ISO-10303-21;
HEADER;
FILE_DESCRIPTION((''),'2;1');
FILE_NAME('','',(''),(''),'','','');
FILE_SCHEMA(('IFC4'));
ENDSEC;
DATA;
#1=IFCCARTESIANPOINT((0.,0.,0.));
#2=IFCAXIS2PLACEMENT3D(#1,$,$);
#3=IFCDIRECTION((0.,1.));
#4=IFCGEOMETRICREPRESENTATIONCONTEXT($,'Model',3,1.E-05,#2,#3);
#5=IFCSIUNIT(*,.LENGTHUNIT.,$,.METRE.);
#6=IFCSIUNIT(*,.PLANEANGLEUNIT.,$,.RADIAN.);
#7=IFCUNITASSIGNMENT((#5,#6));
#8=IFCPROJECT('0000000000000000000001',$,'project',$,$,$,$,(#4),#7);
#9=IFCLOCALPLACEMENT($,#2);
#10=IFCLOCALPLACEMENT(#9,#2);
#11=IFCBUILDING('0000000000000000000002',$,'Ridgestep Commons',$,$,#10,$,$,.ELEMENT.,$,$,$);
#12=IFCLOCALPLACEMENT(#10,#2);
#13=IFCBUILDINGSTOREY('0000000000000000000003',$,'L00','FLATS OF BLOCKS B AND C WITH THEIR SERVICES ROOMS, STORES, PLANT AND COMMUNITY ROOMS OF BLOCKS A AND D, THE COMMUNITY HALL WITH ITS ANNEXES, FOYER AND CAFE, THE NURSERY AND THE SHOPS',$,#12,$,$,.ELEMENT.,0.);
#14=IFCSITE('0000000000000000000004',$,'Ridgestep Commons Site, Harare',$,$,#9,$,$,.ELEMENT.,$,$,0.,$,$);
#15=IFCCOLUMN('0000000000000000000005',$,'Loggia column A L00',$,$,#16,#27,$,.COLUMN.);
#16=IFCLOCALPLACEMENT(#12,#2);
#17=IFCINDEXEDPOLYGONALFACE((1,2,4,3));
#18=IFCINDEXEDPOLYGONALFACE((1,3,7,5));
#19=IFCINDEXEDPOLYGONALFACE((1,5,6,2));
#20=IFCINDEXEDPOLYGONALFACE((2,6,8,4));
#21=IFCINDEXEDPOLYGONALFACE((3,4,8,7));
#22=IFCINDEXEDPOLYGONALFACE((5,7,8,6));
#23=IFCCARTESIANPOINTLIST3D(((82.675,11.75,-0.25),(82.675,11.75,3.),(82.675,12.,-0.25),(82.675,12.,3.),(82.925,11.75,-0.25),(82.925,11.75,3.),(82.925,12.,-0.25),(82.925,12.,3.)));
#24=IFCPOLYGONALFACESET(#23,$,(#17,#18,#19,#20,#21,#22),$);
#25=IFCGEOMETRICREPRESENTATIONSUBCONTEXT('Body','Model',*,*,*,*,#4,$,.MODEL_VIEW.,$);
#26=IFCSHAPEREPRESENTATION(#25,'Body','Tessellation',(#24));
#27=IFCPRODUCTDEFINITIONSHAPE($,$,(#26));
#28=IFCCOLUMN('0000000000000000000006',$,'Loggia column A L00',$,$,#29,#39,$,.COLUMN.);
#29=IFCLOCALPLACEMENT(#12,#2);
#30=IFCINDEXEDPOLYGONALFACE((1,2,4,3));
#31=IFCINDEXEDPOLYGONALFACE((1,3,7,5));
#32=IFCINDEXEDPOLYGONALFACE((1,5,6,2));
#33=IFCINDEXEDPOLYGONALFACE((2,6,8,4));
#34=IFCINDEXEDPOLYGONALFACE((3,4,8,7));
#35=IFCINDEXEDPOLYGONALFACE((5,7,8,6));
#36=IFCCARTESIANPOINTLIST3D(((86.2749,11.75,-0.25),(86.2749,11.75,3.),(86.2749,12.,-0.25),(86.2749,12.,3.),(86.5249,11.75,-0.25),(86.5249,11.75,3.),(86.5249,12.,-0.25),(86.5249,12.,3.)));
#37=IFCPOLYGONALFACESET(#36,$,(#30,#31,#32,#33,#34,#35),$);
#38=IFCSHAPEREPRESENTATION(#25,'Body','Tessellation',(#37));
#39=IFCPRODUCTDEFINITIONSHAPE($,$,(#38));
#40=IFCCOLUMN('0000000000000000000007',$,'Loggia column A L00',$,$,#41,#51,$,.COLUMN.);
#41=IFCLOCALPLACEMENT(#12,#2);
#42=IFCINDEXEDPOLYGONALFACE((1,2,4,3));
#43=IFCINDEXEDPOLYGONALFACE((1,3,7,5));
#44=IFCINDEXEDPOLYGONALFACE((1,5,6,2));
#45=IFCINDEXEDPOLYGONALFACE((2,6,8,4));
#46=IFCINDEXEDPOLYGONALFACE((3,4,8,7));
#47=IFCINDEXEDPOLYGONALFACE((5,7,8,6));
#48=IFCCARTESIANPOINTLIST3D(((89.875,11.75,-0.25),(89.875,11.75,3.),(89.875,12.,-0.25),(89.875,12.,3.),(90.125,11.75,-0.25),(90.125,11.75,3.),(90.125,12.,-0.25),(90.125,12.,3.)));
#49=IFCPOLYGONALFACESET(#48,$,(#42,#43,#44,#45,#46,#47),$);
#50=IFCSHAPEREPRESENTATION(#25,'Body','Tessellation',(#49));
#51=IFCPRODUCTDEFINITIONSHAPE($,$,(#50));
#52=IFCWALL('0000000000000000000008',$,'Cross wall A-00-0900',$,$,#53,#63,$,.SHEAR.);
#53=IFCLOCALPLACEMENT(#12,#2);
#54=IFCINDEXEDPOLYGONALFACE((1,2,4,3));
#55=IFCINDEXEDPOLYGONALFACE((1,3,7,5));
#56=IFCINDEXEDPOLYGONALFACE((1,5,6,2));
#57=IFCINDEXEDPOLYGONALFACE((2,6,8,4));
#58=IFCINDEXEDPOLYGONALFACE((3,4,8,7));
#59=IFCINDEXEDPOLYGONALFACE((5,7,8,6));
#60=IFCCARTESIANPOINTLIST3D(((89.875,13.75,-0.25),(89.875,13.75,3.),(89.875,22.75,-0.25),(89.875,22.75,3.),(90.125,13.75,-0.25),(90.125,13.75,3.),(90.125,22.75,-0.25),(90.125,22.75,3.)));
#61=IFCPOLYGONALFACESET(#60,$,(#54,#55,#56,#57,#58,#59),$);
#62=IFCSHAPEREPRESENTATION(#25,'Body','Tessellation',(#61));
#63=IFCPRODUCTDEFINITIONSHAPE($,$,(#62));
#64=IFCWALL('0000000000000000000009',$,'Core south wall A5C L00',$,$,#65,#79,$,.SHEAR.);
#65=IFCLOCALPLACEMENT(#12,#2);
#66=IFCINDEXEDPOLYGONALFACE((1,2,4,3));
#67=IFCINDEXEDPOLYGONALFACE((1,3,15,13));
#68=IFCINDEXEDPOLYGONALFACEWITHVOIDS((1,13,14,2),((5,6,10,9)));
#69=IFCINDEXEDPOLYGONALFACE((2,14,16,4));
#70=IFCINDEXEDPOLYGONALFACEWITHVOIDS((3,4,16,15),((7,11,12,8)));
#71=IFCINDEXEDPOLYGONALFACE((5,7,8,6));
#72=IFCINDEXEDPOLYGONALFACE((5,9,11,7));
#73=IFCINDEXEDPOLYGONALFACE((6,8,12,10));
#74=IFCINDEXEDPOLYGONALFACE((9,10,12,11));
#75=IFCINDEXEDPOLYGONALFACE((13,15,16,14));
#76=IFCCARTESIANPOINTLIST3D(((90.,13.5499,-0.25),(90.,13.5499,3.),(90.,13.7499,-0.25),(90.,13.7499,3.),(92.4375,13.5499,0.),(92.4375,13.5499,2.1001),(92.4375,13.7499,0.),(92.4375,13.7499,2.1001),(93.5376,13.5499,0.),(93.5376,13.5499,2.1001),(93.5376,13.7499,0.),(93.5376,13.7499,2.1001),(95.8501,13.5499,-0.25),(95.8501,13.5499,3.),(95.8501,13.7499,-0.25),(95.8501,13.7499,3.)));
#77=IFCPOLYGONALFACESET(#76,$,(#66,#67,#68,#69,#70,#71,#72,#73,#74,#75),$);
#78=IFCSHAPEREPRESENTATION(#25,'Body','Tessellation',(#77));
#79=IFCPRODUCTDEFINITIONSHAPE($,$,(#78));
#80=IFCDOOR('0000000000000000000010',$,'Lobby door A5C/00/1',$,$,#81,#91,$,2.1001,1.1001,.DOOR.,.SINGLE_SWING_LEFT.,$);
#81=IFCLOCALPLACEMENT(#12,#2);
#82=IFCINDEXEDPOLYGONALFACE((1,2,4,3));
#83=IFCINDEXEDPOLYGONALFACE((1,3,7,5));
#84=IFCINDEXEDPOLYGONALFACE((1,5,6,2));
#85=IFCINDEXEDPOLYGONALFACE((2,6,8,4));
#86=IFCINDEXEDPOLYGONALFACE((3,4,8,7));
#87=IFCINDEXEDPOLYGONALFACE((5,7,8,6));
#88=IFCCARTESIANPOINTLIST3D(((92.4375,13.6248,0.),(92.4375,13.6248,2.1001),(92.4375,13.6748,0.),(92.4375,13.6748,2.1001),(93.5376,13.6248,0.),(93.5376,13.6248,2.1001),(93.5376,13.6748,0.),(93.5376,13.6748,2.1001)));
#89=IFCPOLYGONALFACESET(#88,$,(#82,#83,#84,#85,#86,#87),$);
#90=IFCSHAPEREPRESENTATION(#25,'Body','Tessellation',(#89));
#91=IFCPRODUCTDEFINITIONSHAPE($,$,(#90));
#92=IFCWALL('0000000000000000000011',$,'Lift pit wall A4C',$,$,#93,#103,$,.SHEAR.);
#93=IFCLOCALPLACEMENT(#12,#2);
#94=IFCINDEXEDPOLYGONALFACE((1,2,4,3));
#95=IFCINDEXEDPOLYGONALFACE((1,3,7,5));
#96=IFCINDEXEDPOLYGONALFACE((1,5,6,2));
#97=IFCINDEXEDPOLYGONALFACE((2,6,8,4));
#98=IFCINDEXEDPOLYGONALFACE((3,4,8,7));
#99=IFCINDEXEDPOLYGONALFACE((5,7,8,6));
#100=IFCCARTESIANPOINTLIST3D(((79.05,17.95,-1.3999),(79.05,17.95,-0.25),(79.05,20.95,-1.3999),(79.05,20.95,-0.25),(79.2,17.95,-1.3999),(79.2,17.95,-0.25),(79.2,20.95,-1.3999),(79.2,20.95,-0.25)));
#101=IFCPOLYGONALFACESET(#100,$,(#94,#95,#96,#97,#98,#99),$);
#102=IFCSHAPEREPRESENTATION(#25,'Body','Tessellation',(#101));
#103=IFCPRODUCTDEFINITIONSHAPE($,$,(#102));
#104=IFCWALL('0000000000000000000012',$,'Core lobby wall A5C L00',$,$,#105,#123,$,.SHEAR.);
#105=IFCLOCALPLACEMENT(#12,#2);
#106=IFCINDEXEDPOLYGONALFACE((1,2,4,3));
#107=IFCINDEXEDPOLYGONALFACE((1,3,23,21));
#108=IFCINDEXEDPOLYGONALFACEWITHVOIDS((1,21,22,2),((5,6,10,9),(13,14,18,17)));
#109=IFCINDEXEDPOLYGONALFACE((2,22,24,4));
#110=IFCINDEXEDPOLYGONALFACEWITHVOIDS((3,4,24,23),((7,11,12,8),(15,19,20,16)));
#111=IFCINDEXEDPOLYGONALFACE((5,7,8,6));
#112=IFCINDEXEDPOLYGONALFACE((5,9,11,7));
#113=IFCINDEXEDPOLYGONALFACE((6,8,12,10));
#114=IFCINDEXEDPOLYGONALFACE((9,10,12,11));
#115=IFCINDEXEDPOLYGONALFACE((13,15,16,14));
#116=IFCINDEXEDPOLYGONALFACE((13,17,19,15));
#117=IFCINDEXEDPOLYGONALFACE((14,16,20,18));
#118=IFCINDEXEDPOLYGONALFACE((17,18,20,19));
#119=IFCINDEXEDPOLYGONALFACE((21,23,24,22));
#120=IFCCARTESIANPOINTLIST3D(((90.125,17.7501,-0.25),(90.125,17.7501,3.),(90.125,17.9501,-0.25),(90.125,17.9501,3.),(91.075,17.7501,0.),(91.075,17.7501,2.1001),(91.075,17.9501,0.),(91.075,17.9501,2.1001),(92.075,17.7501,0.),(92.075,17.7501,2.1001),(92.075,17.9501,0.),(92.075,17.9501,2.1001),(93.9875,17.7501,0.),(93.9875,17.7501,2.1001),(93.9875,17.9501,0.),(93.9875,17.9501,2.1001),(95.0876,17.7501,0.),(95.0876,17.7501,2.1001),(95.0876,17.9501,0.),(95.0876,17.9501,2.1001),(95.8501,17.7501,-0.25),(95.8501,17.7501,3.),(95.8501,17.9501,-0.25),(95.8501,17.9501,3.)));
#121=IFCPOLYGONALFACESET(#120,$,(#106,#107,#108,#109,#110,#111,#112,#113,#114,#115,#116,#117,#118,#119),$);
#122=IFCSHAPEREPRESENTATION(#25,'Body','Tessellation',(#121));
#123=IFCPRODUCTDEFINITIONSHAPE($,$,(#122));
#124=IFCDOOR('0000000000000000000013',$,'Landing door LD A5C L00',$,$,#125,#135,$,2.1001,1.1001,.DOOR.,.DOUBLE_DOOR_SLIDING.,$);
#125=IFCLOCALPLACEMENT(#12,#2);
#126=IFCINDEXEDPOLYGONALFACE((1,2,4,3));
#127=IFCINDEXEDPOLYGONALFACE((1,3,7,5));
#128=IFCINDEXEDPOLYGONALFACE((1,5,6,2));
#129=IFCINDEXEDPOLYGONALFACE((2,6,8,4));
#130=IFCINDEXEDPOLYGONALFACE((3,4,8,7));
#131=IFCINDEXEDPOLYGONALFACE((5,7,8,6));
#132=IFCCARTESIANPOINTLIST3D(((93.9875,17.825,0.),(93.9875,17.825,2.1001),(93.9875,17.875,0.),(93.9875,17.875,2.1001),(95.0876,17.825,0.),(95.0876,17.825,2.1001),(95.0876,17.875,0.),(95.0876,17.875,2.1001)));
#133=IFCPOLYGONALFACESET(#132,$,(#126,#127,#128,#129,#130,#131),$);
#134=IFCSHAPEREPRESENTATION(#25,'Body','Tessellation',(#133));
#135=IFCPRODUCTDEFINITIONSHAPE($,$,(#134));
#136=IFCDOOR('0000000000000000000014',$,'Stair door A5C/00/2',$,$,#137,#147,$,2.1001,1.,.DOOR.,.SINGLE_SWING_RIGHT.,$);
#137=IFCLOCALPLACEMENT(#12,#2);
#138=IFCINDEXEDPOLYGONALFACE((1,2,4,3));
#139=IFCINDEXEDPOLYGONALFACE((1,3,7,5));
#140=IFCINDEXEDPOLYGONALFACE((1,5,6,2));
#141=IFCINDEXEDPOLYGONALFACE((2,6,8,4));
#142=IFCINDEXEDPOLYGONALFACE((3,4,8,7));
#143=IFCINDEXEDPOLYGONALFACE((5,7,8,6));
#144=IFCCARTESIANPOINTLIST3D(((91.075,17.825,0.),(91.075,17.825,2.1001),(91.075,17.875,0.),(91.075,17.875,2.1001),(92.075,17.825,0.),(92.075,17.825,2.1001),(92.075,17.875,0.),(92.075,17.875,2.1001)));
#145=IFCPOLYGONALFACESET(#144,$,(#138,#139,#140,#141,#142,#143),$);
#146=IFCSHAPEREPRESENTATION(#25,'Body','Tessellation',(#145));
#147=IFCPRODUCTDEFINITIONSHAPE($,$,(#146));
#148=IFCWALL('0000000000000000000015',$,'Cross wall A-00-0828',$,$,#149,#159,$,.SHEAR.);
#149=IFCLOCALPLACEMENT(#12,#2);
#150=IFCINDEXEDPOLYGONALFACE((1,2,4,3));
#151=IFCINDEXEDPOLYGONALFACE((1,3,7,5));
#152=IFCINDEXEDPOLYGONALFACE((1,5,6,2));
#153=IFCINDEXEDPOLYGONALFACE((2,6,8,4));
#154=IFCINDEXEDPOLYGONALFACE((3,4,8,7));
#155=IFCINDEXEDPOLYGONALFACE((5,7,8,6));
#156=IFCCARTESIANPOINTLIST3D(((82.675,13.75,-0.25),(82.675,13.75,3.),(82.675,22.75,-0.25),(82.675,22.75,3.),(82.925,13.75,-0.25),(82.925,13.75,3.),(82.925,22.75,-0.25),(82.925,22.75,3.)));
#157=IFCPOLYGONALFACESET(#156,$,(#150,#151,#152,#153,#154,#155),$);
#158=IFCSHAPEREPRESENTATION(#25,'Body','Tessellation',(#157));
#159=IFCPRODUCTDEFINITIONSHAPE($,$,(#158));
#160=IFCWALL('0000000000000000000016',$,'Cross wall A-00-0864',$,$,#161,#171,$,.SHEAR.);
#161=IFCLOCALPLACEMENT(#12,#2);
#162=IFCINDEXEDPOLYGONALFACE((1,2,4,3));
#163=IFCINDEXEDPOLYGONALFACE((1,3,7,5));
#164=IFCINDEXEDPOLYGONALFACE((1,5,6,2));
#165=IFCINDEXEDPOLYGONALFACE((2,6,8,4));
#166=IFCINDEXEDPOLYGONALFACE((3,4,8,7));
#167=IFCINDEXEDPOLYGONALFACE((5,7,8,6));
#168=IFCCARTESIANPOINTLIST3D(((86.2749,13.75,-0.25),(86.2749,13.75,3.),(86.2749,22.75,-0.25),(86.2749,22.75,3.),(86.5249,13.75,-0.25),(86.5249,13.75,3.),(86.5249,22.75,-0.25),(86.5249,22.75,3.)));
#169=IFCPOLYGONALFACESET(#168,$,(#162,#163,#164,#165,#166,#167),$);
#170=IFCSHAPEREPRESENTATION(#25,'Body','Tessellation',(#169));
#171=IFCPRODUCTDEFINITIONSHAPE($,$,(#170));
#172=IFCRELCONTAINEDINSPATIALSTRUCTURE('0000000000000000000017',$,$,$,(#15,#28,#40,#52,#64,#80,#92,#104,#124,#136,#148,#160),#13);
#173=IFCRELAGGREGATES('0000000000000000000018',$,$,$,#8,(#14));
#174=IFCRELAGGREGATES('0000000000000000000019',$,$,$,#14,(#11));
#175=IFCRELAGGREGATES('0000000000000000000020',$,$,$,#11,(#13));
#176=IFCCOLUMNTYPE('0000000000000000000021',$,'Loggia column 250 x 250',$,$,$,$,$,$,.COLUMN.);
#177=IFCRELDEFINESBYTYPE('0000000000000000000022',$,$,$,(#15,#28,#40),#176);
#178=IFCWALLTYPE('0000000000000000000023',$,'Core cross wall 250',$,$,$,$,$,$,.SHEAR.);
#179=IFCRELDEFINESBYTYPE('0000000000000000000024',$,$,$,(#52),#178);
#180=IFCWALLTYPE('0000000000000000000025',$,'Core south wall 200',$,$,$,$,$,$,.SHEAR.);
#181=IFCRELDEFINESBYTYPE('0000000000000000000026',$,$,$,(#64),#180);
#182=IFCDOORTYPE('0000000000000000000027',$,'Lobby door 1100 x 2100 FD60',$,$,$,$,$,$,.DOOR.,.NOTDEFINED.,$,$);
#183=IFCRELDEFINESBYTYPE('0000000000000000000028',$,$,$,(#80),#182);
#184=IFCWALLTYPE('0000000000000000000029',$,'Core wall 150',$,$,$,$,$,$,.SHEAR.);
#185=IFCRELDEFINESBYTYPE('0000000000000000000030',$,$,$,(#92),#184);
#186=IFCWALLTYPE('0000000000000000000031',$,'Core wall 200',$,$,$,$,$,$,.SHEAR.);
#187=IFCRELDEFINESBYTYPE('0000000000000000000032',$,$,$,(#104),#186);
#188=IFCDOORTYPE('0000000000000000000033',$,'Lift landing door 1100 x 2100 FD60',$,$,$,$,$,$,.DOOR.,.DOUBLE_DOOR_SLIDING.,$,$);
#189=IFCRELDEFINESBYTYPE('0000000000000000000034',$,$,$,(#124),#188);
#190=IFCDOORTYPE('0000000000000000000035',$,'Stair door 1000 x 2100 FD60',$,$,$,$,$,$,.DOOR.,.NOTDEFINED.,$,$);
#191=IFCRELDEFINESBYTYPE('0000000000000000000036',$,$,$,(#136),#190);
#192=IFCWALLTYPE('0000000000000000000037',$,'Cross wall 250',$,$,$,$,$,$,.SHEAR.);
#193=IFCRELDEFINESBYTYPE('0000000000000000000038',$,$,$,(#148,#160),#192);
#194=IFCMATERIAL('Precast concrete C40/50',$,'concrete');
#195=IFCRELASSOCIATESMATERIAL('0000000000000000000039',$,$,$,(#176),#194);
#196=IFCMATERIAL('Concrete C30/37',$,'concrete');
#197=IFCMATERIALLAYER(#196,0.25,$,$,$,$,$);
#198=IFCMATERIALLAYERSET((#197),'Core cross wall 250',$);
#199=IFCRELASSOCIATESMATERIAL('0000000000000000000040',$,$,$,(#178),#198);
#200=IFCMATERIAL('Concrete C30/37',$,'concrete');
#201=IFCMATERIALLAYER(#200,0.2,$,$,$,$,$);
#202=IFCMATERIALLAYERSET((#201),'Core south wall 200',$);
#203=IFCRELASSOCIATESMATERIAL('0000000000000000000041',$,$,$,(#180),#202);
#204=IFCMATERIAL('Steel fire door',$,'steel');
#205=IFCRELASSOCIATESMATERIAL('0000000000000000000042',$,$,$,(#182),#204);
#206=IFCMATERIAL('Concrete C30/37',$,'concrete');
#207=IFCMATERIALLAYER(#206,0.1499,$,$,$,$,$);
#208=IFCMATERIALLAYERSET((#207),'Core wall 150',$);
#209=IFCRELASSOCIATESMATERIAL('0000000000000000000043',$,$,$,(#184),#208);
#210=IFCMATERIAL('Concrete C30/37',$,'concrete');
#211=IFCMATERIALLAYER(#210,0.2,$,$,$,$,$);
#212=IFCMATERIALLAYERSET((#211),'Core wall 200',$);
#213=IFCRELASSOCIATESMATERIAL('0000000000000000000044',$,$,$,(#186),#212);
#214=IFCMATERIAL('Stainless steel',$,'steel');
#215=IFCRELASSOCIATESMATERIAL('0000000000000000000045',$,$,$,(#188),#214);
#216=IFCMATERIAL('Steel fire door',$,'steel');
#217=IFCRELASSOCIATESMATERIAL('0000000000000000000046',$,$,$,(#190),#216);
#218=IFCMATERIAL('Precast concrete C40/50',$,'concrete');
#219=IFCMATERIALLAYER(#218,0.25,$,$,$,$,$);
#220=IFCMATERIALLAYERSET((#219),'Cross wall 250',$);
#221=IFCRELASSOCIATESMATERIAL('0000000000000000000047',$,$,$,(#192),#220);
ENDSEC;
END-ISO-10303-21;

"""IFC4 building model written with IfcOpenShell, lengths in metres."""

from ifc_helpers import new_model, si_unit, direction, frame, frame_2d, origin, origin_2d, place, context, subcontext, project, spatial, rectangle, extrude, material, layer, layer_set, material_profile, profile_set, type_object, element, fill, save


model = new_model("IFC4")

# Units and contexts
model_context = context("Model", 3, precision=1e-05, world=origin(), true_north=direction((0.0, 1.0)))
body_context = subcontext(model_context, "Body", "Model", "MODEL_VIEW")
ifc_project = project(units=[si_unit("LENGTHUNIT", "METRE"), si_unit("PLANEANGLEUNIT", "RADIAN")], contexts=[model_context])

# Site, building, storey
site_placement = place(None, origin())
site = spatial("IfcSite", under=ifc_project, at=site_placement, Name="Ridgestep Commons Site, Harare", CompositionType="ELEMENT", RefElevation=0.0)
building_placement = place(site_placement, origin())
building = spatial("IfcBuilding", under=site, at=building_placement, Name="Ridgestep Commons", CompositionType="ELEMENT")
storey_placement = place(building_placement, origin())
storey = spatial("IfcBuildingStorey", under=building, at=storey_placement, Name="L00", Description="FLATS OF BLOCKS B AND C WITH THEIR SERVICES ROOMS, STORES, PLANT AND COMMUNITY ROOMS OF BLOCKS A AND D, THE COMMUNITY HALL WITH ITS ANNEXES, FOYER AND CAFE, THE NURSERY AND THE SHOPS", CompositionType="ELEMENT", Elevation=0.0)

# Columns
ifc_material_1 = material(Name="Precast concrete C40/50", Category="concrete")
ifc_material_profile = material_profile(ifc_material_1, rectangle(XDim=0.25, YDim=0.25, at=origin_2d()), Name="PC 250x250")
ifc_profile_set = profile_set([ifc_material_profile], Name="Precast concrete C40/50")
column_type = type_object("IfcColumnType", Name="Loggia column 250 x 250", PredefinedType="COLUMN", material=ifc_profile_set)
for number, where, z_axis, x_axis, name in (
    (1, (82.8, 11.875, -0.25), (0.0, 0.0, 1.0), (1.0, 0.0, 0.0), "Loggia column A L00"),
    (2, (86.3999, 11.875, -0.25), (0.0, 0.0, 1.0), (1.0, 0.0, 0.0), "Loggia column A L00"),
    (3, (90.0, 11.875, -0.25), (0.0, 0.0, 1.0), (1.0, 0.0, 0.0), "Loggia column A L00"),
):
    element("IfcColumn", number, at=place(storey_placement, frame(where, z_axis=z_axis, x_axis=x_axis)), inside=storey, type_object=column_type, Name=name, PredefinedType="COLUMN", context=body_context, shape_type="SweptSolid", body=[
        extrude(rectangle(XDim=0.25, YDim=0.25, at=origin_2d()), origin(), (0.0, 0.0, 1.0), 3.25),
    ])

# Wall
ifc_material_2 = material(Name="Concrete C30/37", Category="concrete")
ifc_layer_1 = layer(ifc_material_2, 0.25)
ifc_layer_set_1 = layer_set([ifc_layer_1], Name="Core cross wall 250")
wall_type_1 = type_object("IfcWallType", Name="Core cross wall 250", PredefinedType="SHEAR", material=ifc_layer_set_1)
wall_1_placement = place(storey_placement, frame((90.0, 13.75, -0.25), z_axis=(0.0, 0.0, 1.0), x_axis=(0.0, 1.0, 0.0)))
element("IfcWall", 4, at=wall_1_placement, inside=storey, type_object=wall_type_1, Name="Cross wall A-00-0900", PredefinedType="SHEAR", context=body_context, shape_type="SweptSolid", body=[
    extrude(rectangle(XDim=9.0, YDim=0.25, at=frame_2d((4.5, 0.0))), origin(), (0.0, 0.0, 1.0), 3.25),
])

# Wall, opening, door
ifc_material_3 = material(Name="Concrete C30/37", Category="concrete")
ifc_layer_2 = layer(ifc_material_3, 0.2)
ifc_layer_set_2 = layer_set([ifc_layer_2], Name="Core south wall 200")
wall_type_2 = type_object("IfcWallType", Name="Core south wall 200", PredefinedType="SHEAR", material=ifc_layer_set_2)
wall_2_placement = place(storey_placement, frame((90.0, 13.6499, -0.25), z_axis=(0.0, 0.0, 1.0), x_axis=(1.0, 0.0, 0.0)))
wall_2 = element("IfcWall", 5, at=wall_2_placement, inside=storey, type_object=wall_type_2, Name="Core south wall A5C L00", PredefinedType="SHEAR", context=body_context, shape_type="SweptSolid", body=[
    extrude(rectangle(XDim=5.8501, YDim=0.2, at=frame_2d((2.925, 0.0))), origin(), (0.0, 0.0, 1.0), 3.25),
])
opening_1_placement = place(wall_2_placement, frame((2.4375, 0.0, 0.25)))
opening_1 = element("IfcOpeningElement", 6, at=opening_1_placement, cuts=wall_2, PredefinedType="OPENING", context=body_context, shape_type="SweptSolid", body=[
    extrude(rectangle(XDim=1.1001, YDim=2.1001, at=frame_2d((0.55, 1.05))), frame((0.0, 0.1099, 0.0), z_axis=(0.0, -1.0, 0.0), x_axis=(1.0, 0.0, 0.0)), (0.0, 0.0, 1.0), 0.22),
])
ifc_material_4 = material(Name="Steel fire door", Category="steel")
door_type_1 = type_object("IfcDoorType", Name="Lobby door 1100 x 2100 FD60", OperationType="NOTDEFINED", PredefinedType="DOOR", material=ifc_material_4)
door_1_placement = place(opening_1_placement, origin())
door_1 = element("IfcDoor", 7, at=door_1_placement, inside=storey, type_object=door_type_1, Name="Lobby door A5C/00/1", OperationType="SINGLE_SWING_LEFT", OverallHeight=2.1001, OverallWidth=1.1001, PredefinedType="DOOR", context=body_context, shape_type="SweptSolid", body=[
    extrude(rectangle(XDim=1.1001, YDim=2.1001, at=frame_2d((0.55, 1.05))), frame((0.0, 0.0249, 0.0), z_axis=(0.0, -1.0, 0.0), x_axis=(1.0, 0.0, 0.0)), (0.0, 0.0, 1.0), 0.05),
])
fill(opening_1, door_1)

# Wall
ifc_material_5 = material(Name="Concrete C30/37", Category="concrete")
ifc_layer_3 = layer(ifc_material_5, 0.1499)
ifc_layer_set_3 = layer_set([ifc_layer_3], Name="Core wall 150")
wall_type_3 = type_object("IfcWallType", Name="Core wall 150", PredefinedType="SHEAR", material=ifc_layer_set_3)
wall_3_placement = place(storey_placement, frame((79.125, 17.95, -1.3999), z_axis=(0.0, 0.0, 1.0), x_axis=(0.0, 1.0, 0.0)))
element("IfcWall", 8, at=wall_3_placement, inside=storey, type_object=wall_type_3, Name="Lift pit wall A4C", PredefinedType="SHEAR", context=body_context, shape_type="SweptSolid", body=[
    extrude(rectangle(XDim=3.0, YDim=0.1499, at=frame_2d((1.5, 0.0))), origin(), (0.0, 0.0, 1.0), 1.1499),
])

# Wall, openings, doors
ifc_material_6 = material(Name="Concrete C30/37", Category="concrete")
ifc_layer_4 = layer(ifc_material_6, 0.2)
ifc_layer_set_4 = layer_set([ifc_layer_4], Name="Core wall 200")
wall_type_4 = type_object("IfcWallType", Name="Core wall 200", PredefinedType="SHEAR", material=ifc_layer_set_4)
wall_4_placement = place(storey_placement, frame((90.125, 17.8501, -0.25), z_axis=(0.0, 0.0, 1.0), x_axis=(1.0, 0.0, 0.0)))
wall_4 = element("IfcWall", 9, at=wall_4_placement, inside=storey, type_object=wall_type_4, Name="Core lobby wall A5C L00", PredefinedType="SHEAR", context=body_context, shape_type="SweptSolid", body=[
    extrude(rectangle(XDim=5.7251, YDim=0.2, at=frame_2d((2.8625, 0.0))), origin(), (0.0, 0.0, 1.0), 3.25),
])
opening_2_placement = place(wall_4_placement, frame((0.95, 0.0, 0.25)))
opening_2 = element("IfcOpeningElement", 10, at=opening_2_placement, cuts=wall_4, PredefinedType="OPENING", context=body_context, shape_type="SweptSolid", body=[
    extrude(rectangle(XDim=1.0, YDim=2.1001, at=frame_2d((0.5, 1.05))), frame((0.0, 0.1099, 0.0), z_axis=(0.0, -1.0, 0.0), x_axis=(1.0, 0.0, 0.0)), (0.0, 0.0, 1.0), 0.22),
])
opening_3_placement = place(wall_4_placement, frame((3.8625, 0.0, 0.25)))
opening_3 = element("IfcOpeningElement", 11, at=opening_3_placement, cuts=wall_4, PredefinedType="OPENING", context=body_context, shape_type="SweptSolid", body=[
    extrude(rectangle(XDim=1.1001, YDim=2.1001, at=frame_2d((0.55, 1.05))), frame((0.0, 0.1099, 0.0), z_axis=(0.0, -1.0, 0.0), x_axis=(1.0, 0.0, 0.0)), (0.0, 0.0, 1.0), 0.22),
])
ifc_material_7 = material(Name="Stainless steel", Category="steel")
door_type_2 = type_object("IfcDoorType", Name="Lift landing door 1100 x 2100 FD60", OperationType="DOUBLE_DOOR_SLIDING", PredefinedType="DOOR", material=ifc_material_7)
door_2_placement = place(opening_3_placement, origin())
door_2 = element("IfcDoor", 12, at=door_2_placement, inside=storey, type_object=door_type_2, Name="Landing door LD A5C L00", OperationType="DOUBLE_DOOR_SLIDING", OverallHeight=2.1001, OverallWidth=1.1001, PredefinedType="DOOR", context=body_context, shape_type="SweptSolid", body=[
    extrude(rectangle(XDim=1.1001, YDim=2.1001, at=frame_2d((0.55, 1.05))), frame((0.0, 0.0249, 0.0), z_axis=(0.0, -1.0, 0.0), x_axis=(1.0, 0.0, 0.0)), (0.0, 0.0, 1.0), 0.05),
])
fill(opening_3, door_2)
ifc_material_8 = material(Name="Steel fire door", Category="steel")
door_type_3 = type_object("IfcDoorType", Name="Stair door 1000 x 2100 FD60", OperationType="NOTDEFINED", PredefinedType="DOOR", material=ifc_material_8)
door_3_placement = place(opening_2_placement, origin())
door_3 = element("IfcDoor", 13, at=door_3_placement, inside=storey, type_object=door_type_3, Name="Stair door A5C/00/2", OperationType="SINGLE_SWING_RIGHT", OverallHeight=2.1001, OverallWidth=1.0, PredefinedType="DOOR", context=body_context, shape_type="SweptSolid", body=[
    extrude(rectangle(XDim=1.0, YDim=2.1001, at=frame_2d((0.5, 1.05))), frame((0.0, 0.0249, 0.0), z_axis=(0.0, -1.0, 0.0), x_axis=(1.0, 0.0, 0.0)), (0.0, 0.0, 1.0), 0.05),
])
fill(opening_2, door_3)

# Walls
ifc_material_9 = material(Name="Precast concrete C40/50", Category="concrete")
ifc_layer_5 = layer(ifc_material_9, 0.25)
ifc_layer_set_5 = layer_set([ifc_layer_5], Name="Cross wall 250")
wall_type_5 = type_object("IfcWallType", Name="Cross wall 250", PredefinedType="SHEAR", material=ifc_layer_set_5)
for number, where, z_axis, x_axis, name in (
    (14, (82.8, 13.75, -0.25), (0.0, 0.0, 1.0), (0.0, 1.0, 0.0), "Cross wall A-00-0828"),
    (15, (86.3999, 13.75, -0.25), (0.0, 0.0, 1.0), (0.0, 1.0, 0.0), "Cross wall A-00-0864"),
):
    element("IfcWall", number, at=place(storey_placement, frame(where, z_axis=z_axis, x_axis=x_axis)), inside=storey, type_object=wall_type_5, Name=name, PredefinedType="SHEAR", context=body_context, shape_type="SweptSolid", body=[
        extrude(rectangle(XDim=9.0, YDim=0.25, at=frame_2d((4.5, 0.0))), origin(), (0.0, 0.0, 1.0), 3.25),
    ])

save(model, "model.ifc")
